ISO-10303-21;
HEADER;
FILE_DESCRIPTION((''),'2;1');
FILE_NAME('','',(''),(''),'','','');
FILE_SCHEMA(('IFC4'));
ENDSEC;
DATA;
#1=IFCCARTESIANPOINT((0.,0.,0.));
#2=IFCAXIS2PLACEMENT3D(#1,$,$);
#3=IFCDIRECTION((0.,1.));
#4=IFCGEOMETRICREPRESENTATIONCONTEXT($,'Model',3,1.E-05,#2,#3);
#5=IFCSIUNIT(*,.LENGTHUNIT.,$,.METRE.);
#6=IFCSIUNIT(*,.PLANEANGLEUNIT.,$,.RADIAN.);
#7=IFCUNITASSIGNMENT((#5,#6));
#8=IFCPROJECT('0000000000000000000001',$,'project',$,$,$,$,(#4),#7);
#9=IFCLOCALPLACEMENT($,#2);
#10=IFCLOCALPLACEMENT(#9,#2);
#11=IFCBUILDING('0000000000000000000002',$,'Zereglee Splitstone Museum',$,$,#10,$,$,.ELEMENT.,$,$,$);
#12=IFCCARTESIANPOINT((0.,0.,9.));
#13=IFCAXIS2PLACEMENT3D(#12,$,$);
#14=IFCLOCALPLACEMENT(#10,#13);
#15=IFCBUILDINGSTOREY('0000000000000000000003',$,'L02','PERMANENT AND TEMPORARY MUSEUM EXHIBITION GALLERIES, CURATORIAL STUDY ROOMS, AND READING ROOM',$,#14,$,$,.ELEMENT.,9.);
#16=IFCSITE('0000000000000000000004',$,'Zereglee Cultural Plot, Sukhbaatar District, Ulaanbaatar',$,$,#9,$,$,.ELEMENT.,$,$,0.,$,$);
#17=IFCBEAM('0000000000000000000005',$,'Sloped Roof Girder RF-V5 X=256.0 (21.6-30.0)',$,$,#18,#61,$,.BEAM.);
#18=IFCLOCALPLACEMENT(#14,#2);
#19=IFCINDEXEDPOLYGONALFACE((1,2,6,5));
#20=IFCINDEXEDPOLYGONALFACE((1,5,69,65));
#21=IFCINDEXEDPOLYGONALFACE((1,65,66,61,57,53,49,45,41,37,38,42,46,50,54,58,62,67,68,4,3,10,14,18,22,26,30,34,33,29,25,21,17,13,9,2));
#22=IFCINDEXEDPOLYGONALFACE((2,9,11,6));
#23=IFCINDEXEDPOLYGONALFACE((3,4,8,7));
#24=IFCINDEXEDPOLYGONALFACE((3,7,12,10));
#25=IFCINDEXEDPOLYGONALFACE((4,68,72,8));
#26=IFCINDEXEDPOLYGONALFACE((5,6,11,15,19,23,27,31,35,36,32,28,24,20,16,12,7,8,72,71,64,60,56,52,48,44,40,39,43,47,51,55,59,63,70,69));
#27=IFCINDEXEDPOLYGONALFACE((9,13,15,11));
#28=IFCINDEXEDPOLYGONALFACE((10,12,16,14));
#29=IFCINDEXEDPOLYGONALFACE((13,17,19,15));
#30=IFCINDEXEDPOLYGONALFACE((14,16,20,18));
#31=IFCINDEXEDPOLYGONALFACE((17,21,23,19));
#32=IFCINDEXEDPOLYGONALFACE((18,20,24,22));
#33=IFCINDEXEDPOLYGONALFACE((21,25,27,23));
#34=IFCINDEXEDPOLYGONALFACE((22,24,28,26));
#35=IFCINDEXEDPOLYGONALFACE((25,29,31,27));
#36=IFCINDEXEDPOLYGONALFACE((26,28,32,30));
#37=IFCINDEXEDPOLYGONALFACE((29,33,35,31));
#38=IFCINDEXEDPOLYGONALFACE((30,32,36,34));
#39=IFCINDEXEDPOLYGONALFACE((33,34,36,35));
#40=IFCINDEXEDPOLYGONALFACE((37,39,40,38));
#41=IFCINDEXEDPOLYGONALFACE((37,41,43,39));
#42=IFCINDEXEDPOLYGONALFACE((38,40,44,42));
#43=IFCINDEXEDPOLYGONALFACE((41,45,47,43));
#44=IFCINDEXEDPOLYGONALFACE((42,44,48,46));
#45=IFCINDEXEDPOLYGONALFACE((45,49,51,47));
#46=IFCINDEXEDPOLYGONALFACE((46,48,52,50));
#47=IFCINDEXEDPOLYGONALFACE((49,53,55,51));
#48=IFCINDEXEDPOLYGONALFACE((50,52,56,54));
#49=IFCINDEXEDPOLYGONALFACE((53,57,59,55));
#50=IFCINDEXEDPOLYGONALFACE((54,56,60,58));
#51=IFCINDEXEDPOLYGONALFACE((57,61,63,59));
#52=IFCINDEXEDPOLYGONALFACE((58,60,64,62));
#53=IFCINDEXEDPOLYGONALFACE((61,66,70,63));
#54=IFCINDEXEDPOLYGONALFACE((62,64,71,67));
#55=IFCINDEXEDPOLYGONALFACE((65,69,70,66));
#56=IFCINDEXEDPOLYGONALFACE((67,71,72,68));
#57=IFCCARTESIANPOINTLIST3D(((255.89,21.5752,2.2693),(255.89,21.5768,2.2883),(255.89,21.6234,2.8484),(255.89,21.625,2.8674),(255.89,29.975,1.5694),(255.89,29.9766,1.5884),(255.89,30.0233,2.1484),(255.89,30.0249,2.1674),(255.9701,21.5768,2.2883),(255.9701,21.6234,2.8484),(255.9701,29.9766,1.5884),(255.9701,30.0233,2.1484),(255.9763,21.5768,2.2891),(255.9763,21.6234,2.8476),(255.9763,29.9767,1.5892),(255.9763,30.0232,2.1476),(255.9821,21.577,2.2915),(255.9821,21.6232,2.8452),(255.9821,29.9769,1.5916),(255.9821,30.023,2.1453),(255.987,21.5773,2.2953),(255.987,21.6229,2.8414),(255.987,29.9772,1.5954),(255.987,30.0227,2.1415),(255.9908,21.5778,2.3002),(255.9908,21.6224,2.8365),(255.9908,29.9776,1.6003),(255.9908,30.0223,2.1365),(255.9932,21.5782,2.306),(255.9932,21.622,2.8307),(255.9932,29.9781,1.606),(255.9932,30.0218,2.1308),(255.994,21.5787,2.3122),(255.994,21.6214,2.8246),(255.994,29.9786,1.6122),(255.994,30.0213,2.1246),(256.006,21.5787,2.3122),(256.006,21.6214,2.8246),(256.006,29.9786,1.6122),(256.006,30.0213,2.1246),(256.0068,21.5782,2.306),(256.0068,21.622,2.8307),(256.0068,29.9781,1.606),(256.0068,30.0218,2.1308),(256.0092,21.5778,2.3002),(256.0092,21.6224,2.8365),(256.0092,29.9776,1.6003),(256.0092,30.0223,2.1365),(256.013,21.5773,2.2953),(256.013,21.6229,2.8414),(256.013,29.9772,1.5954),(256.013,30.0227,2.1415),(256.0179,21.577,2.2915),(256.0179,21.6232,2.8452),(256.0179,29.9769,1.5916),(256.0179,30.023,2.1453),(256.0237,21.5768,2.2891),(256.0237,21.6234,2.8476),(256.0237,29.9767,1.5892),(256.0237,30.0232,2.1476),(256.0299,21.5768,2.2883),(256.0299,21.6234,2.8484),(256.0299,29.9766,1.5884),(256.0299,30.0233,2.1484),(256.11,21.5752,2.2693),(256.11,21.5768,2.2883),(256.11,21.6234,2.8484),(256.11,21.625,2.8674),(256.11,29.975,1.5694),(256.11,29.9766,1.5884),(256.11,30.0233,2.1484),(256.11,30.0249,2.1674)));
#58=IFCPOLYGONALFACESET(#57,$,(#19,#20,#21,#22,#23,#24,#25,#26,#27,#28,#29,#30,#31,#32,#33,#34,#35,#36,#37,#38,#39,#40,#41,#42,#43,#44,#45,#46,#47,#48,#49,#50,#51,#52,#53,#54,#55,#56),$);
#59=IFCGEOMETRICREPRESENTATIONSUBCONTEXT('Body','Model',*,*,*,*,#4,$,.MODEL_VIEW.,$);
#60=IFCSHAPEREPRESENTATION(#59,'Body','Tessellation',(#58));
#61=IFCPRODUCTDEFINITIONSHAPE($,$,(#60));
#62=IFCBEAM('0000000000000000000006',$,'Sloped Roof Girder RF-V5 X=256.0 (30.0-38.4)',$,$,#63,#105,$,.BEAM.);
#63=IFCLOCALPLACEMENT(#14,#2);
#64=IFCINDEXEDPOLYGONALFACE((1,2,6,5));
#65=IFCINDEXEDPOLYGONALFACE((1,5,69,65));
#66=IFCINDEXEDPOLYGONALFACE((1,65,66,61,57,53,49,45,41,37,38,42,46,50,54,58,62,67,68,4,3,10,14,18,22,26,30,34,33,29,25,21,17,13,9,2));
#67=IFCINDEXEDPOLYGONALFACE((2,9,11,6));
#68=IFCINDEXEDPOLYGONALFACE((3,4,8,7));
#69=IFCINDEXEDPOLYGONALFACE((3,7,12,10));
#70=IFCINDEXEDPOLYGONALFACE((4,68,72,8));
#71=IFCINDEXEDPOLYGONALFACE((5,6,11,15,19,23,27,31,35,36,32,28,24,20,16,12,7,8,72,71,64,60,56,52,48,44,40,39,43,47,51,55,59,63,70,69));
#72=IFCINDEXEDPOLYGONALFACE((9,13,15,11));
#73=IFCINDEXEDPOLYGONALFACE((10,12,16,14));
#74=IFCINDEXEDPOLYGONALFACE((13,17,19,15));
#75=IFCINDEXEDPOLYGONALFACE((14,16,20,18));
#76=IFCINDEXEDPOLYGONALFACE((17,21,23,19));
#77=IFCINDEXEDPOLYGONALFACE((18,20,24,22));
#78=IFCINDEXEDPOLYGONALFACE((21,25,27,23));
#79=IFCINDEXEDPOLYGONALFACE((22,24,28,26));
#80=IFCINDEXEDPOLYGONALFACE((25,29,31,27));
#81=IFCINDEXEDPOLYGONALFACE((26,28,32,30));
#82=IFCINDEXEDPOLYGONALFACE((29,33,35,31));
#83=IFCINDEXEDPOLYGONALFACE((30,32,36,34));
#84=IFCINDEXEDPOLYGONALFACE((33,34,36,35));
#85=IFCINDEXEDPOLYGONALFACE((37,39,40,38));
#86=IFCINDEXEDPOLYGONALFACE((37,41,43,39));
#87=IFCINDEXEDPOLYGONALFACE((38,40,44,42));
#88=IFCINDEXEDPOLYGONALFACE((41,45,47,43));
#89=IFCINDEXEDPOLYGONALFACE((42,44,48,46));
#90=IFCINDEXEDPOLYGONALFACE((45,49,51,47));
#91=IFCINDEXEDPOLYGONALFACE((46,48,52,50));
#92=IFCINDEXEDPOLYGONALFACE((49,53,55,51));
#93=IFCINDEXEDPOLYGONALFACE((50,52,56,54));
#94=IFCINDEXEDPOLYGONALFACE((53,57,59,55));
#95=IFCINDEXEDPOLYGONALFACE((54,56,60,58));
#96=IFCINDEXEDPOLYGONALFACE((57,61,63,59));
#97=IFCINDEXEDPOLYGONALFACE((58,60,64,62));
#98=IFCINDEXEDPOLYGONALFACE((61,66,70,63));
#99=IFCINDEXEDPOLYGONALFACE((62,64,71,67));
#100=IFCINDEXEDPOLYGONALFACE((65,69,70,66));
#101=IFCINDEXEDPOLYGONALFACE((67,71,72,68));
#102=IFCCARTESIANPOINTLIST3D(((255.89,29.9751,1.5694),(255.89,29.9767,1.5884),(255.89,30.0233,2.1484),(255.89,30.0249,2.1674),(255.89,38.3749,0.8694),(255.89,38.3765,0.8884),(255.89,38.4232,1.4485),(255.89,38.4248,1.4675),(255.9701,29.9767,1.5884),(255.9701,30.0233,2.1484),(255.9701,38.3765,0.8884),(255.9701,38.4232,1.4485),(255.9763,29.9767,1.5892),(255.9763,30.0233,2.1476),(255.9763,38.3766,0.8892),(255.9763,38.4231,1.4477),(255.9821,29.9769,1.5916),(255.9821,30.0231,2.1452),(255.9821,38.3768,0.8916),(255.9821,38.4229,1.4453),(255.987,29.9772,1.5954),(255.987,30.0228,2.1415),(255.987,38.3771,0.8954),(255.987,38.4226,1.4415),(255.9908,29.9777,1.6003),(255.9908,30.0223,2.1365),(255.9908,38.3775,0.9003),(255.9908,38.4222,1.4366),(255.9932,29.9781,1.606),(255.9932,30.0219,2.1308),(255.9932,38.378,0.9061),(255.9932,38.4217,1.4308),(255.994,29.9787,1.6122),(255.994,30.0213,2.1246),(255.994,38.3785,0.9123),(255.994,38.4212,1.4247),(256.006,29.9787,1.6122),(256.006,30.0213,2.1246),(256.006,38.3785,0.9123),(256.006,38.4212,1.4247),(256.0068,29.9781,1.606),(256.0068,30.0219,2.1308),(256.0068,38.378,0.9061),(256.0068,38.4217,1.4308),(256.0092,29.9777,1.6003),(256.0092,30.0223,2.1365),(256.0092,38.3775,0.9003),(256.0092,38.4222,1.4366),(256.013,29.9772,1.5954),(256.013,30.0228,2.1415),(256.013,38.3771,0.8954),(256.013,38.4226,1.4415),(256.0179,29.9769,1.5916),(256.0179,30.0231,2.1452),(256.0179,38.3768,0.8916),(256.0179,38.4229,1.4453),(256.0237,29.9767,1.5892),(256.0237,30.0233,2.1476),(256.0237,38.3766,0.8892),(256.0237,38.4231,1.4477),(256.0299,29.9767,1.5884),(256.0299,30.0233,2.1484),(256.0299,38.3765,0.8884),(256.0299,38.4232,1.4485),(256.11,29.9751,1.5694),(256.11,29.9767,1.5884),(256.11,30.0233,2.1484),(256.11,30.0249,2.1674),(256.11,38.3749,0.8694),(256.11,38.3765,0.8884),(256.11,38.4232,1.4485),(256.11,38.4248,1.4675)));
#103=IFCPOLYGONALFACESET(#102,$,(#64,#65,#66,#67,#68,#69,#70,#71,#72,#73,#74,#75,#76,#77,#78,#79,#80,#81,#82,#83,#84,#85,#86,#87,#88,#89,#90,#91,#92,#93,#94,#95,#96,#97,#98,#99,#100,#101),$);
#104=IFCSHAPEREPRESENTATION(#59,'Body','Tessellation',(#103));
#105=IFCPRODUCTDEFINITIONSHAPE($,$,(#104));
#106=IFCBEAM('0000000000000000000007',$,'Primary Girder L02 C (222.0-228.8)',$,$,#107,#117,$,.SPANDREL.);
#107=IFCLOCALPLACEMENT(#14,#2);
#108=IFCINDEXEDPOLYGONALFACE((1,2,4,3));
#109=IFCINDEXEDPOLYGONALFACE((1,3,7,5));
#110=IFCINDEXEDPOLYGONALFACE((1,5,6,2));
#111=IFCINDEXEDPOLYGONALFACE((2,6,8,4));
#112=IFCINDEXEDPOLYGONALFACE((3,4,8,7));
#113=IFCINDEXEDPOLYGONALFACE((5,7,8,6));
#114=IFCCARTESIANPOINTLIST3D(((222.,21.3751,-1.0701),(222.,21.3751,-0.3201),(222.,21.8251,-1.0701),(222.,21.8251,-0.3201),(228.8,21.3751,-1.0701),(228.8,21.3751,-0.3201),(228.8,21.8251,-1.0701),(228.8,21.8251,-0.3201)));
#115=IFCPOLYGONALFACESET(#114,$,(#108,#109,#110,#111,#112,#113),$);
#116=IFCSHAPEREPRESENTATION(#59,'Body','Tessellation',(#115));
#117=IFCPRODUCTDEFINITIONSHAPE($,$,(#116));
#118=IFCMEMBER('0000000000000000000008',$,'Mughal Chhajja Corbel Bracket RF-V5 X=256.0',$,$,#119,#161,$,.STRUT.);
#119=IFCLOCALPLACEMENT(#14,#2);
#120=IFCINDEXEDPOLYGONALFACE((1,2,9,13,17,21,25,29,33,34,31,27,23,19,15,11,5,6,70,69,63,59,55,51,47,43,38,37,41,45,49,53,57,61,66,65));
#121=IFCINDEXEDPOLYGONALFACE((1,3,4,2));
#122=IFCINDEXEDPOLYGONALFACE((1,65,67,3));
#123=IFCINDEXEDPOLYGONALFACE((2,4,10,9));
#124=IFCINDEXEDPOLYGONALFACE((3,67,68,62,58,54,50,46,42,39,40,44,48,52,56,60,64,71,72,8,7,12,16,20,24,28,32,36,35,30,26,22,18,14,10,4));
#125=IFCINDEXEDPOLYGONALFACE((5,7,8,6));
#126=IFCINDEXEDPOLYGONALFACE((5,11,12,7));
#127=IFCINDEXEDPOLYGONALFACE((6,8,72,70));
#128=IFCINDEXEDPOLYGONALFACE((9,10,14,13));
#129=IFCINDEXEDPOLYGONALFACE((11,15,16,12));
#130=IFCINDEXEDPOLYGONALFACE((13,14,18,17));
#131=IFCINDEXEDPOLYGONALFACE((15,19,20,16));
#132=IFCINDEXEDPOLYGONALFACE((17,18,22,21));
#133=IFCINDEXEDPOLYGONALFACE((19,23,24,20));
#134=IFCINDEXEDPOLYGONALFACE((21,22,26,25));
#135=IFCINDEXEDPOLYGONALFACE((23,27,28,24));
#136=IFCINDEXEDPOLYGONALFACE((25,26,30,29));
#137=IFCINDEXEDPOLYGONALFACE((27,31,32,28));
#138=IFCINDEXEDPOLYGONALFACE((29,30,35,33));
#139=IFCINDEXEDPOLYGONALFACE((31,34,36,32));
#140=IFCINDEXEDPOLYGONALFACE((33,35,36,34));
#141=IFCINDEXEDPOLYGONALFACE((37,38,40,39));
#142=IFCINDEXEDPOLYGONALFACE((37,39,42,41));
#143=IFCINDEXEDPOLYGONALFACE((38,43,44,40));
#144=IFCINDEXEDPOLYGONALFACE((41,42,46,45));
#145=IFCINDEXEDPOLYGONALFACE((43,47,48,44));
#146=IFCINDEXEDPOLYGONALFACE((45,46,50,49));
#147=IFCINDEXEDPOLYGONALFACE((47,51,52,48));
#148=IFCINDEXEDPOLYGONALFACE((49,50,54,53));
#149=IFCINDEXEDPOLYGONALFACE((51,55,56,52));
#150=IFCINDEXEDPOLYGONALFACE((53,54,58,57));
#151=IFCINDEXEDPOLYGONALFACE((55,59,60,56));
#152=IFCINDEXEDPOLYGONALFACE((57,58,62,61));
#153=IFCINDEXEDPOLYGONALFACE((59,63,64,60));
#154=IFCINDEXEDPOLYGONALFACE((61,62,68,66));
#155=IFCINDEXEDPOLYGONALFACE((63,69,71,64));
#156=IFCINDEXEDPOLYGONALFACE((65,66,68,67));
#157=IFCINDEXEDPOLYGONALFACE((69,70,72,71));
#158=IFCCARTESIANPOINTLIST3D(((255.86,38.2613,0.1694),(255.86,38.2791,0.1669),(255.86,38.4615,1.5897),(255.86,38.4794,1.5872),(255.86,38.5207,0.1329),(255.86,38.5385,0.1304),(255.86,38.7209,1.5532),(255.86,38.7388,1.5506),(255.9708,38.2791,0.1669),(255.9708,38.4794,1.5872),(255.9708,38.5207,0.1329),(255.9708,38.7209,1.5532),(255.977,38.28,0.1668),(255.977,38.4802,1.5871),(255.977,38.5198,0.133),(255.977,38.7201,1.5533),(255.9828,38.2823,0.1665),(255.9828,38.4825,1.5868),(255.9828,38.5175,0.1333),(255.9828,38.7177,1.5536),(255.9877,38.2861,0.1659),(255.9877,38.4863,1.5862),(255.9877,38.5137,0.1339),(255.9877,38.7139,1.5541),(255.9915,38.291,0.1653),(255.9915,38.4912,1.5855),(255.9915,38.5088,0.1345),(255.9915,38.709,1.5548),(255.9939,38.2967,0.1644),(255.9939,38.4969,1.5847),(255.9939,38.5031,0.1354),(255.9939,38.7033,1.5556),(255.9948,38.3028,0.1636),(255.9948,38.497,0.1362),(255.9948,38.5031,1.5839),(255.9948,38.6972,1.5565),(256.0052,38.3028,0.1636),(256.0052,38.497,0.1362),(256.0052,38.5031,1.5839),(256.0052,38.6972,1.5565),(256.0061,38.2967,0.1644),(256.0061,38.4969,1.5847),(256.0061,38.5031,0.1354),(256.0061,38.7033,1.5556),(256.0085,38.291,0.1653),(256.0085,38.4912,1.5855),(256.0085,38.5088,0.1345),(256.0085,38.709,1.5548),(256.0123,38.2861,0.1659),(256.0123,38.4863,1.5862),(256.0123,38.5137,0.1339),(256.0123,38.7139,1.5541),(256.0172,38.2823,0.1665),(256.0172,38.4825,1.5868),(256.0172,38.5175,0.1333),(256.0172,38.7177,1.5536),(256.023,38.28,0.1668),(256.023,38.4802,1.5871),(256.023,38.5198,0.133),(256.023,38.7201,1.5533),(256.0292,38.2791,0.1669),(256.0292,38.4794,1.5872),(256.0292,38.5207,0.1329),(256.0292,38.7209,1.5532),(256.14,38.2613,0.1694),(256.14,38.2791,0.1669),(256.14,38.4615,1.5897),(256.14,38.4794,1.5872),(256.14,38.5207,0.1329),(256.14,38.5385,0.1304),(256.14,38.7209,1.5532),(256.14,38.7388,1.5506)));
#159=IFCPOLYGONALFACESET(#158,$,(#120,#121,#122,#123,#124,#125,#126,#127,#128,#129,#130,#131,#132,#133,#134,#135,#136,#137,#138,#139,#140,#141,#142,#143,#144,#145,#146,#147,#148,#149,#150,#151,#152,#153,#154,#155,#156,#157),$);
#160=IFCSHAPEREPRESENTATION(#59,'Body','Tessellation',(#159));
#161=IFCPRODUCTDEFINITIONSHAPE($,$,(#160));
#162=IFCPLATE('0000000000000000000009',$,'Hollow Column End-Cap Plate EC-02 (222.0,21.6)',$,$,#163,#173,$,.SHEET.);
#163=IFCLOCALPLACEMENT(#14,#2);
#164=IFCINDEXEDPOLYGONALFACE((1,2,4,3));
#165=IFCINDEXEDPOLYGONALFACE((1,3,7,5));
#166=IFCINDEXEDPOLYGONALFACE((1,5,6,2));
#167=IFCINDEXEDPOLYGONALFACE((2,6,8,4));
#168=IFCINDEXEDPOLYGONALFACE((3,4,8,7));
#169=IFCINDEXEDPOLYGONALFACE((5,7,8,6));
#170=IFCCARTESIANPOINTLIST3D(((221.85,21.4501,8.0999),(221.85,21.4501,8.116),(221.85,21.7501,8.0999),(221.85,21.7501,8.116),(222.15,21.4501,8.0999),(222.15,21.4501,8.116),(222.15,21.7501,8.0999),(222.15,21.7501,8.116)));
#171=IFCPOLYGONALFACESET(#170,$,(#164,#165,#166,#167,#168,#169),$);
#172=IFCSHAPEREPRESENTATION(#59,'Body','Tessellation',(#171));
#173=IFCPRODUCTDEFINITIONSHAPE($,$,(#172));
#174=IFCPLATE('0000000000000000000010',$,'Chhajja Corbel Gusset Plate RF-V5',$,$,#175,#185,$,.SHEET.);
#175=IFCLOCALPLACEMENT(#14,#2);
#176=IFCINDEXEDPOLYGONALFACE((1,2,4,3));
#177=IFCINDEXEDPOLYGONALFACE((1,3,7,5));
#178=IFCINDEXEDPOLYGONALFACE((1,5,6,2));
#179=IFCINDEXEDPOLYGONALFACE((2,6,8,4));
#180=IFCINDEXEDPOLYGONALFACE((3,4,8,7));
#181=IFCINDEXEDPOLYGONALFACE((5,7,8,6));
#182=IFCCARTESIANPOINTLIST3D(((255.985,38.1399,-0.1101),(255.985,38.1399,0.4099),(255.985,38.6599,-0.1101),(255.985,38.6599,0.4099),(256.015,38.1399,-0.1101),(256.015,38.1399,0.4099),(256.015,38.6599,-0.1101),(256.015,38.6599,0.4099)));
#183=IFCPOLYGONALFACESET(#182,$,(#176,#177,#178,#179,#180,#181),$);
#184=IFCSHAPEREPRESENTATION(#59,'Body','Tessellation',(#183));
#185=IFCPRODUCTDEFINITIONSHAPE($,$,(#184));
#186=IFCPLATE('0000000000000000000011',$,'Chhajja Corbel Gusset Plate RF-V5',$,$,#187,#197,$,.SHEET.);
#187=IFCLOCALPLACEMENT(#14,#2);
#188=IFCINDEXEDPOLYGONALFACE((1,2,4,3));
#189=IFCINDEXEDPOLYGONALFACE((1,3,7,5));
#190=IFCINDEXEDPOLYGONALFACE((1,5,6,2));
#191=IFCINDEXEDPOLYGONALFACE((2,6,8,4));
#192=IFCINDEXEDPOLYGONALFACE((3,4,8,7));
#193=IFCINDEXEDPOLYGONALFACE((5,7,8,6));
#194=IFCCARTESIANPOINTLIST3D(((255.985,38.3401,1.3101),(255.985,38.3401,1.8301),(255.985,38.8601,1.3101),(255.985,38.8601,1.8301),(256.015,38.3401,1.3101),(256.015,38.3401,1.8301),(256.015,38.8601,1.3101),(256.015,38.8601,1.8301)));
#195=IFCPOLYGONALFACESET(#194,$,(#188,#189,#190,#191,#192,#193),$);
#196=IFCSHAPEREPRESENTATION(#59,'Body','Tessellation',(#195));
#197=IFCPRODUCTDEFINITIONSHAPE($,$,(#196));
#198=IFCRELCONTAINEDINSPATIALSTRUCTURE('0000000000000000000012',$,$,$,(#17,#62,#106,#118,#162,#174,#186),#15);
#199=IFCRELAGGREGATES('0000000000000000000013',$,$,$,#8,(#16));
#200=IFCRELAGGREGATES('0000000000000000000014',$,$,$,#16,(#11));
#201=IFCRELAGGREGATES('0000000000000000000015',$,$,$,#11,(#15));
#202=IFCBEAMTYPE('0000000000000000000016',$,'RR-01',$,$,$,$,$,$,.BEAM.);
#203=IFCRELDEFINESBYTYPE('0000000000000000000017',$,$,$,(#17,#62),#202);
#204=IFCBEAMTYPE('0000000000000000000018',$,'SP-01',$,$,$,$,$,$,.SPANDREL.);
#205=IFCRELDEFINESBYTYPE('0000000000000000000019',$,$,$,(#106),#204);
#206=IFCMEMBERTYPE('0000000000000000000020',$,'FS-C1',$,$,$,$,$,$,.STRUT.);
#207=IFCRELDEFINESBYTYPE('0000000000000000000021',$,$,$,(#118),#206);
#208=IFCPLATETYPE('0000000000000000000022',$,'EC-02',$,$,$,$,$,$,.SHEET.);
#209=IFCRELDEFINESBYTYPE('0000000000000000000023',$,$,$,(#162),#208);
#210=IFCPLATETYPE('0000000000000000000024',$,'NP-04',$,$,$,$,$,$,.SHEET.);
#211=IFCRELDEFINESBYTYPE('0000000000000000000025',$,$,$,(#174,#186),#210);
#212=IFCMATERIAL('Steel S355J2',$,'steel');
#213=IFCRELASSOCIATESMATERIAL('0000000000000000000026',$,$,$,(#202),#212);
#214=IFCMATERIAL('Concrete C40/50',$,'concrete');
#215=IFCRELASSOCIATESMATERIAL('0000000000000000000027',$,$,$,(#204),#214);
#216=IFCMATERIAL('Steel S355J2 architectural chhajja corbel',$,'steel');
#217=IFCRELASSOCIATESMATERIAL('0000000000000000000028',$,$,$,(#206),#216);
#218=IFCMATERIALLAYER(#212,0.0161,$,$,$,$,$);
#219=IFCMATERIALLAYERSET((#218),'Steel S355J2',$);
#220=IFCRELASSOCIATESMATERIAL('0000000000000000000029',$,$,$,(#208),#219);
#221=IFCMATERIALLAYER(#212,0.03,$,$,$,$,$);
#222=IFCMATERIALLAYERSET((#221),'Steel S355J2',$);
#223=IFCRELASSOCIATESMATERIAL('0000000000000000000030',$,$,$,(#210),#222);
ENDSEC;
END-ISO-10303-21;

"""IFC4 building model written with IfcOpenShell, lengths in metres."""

from ifc_helpers import new_model, si_unit, direction, frame, origin, origin_2d, place, context, subcontext, project, spatial, rectangle, i_section, extrude, material, layer, layer_set, material_profile, profile_set, type_object, element, save


model = new_model("IFC4")

# Units and contexts
model_context = context("Model", 3, precision=1e-05, world=origin(), true_north=direction((0.0, 1.0)))
body_context = subcontext(model_context, "Body", "Model", "MODEL_VIEW")
ifc_project = project(units=[si_unit("LENGTHUNIT", "METRE"), si_unit("PLANEANGLEUNIT", "RADIAN")], contexts=[model_context])

# Site, building, storey
site_placement = place(None, origin())
site = spatial("IfcSite", under=ifc_project, at=site_placement, Name="Zereglee Cultural Plot, Sukhbaatar District, Ulaanbaatar", CompositionType="ELEMENT", RefElevation=0.0)
building_placement = place(site_placement, origin())
building = spatial("IfcBuilding", under=site, at=building_placement, Name="Zereglee Splitstone Museum", CompositionType="ELEMENT")
storey_placement = place(building_placement, frame((0.0, 0.0, 9.0)))
storey = spatial("IfcBuildingStorey", under=building, at=storey_placement, Name="L02", Description="PERMANENT AND TEMPORARY MUSEUM EXHIBITION GALLERIES, CURATORIAL STUDY ROOMS, AND READING ROOM", CompositionType="ELEMENT", Elevation=9.0)

# Shared definitions
ifc_material_1 = material(Name="Steel S355J2", Category="steel")

# Beams
ifc_material_profile_1 = material_profile(ifc_material_1, i_section(OverallWidth=0.22, OverallDepth=0.6001, WebThickness=0.012, FlangeThickness=0.019, FilletRadius=0.0239, at=origin_2d()), Name="IPE 600")
ifc_profile_set_1 = profile_set([ifc_material_profile_1], Name="Steel S355J2")
beam_type_1 = type_object("IfcBeamType", Name="RR-01", PredefinedType="BEAM", material=ifc_profile_set_1)
for number, where, z_axis, x_axis, name in (
    (1, (256.0, 21.6001, 2.5684), (0.0, 0.996546, -0.083041), (-1.0, 0.0, 0.0), "Sloped Roof Girder RF-V5 X=256.0 (21.6-30.0)"),
    (2, (256.0, 30.0, 1.8684), (0.0, 0.996546, -0.083041), (-1.0, 0.0, 0.0), "Sloped Roof Girder RF-V5 X=256.0 (30.0-38.4)"),
):
    element("IfcBeam", number, at=place(storey_placement, frame(where, z_axis=z_axis, x_axis=x_axis)), inside=storey, type_object=beam_type_1, Name=name, PredefinedType="BEAM", context=body_context, shape_type="SweptSolid", body=[
        extrude(i_section(OverallWidth=0.22, OverallDepth=0.6001, WebThickness=0.012, FlangeThickness=0.019, FilletRadius=0.0239, at=origin_2d()), origin(), (0.0, 0.0, 1.0), 8.429),
    ])
ifc_material_2 = material(Name="Concrete C40/50", Category="concrete")
ifc_material_profile_2 = material_profile(ifc_material_2, rectangle(XDim=0.45, YDim=0.75, at=origin_2d()), Name="RC 450x750")
ifc_profile_set_2 = profile_set([ifc_material_profile_2], Name="Concrete C40/50")
beam_type_2 = type_object("IfcBeamType", Name="SP-01", PredefinedType="SPANDREL", material=ifc_profile_set_2)
beam_1_placement = place(storey_placement, frame((222.0, 21.6001, -0.6951), z_axis=(1.0, 0.0, 0.0), x_axis=(0.0, 1.0, 0.0)))
element("IfcBeam", 3, at=beam_1_placement, inside=storey, type_object=beam_type_2, Name="Primary Girder L02 C (222.0-228.8)", PredefinedType="SPANDREL", context=body_context, shape_type="SweptSolid", body=[
    extrude(rectangle(XDim=0.45, YDim=0.75, at=origin_2d()), origin(), (0.0, 0.0, 1.0), 6.8),
])

# Member
ifc_material_3 = material(Name="Steel S355J2 architectural chhajja corbel", Category="steel")
ifc_material_profile_3 = material_profile(ifc_material_3, i_section(OverallWidth=0.28, OverallDepth=0.28, WebThickness=0.0105, FlangeThickness=0.0181, FilletRadius=0.0239, at=origin_2d()), Name="HE 280 B")
ifc_profile_set_3 = profile_set([ifc_material_profile_3], Name="Steel S355J2 architectural chhajja corbel")
member_type_1 = type_object("IfcMemberType", Name="FS-C1", PredefinedType="STRUT", material=ifc_profile_set_3)
member_placement = place(storey_placement, frame((256.0, 38.3999, 0.1499), z_axis=(0.0, 0.139586, 0.99021), x_axis=(-1.0, 0.0, 0.0)))
element("IfcMember", 4, at=member_placement, inside=storey, type_object=member_type_1, Name="Mughal Chhajja Corbel Bracket RF-V5 X=256.0", PredefinedType="STRUT", context=body_context, shape_type="SweptSolid", body=[
    extrude(i_section(OverallWidth=0.28, OverallDepth=0.28, WebThickness=0.0105, FlangeThickness=0.0181, FilletRadius=0.0239, at=origin_2d()), origin(), (0.0, 0.0, 1.0), 1.4343),
])

# Plates
ifc_layer_1 = layer(ifc_material_1, 0.0161)
ifc_layer_set_1 = layer_set([ifc_layer_1], Name="Steel S355J2")
plate_type_1 = type_object("IfcPlateType", Name="EC-02", PredefinedType="SHEET", material=ifc_layer_set_1)
plate_placement = place(storey_placement, frame((222.0, 21.6001, 8.0999), z_axis=(0.0, 0.0, 1.0), x_axis=(1.0, 0.0, 0.0)))
element("IfcPlate", 5, at=plate_placement, inside=storey, type_object=plate_type_1, Name="Hollow Column End-Cap Plate EC-02 (222.0,21.6)", PredefinedType="SHEET", context=body_context, shape_type="SweptSolid", body=[
    extrude(rectangle(XDim=0.3, YDim=0.3, at=origin_2d()), origin(), (0.0, 0.0, 1.0), 0.0161),
])
ifc_layer_2 = layer(ifc_material_1, 0.03)
ifc_layer_set_2 = layer_set([ifc_layer_2], Name="Steel S355J2")
plate_type_2 = type_object("IfcPlateType", Name="NP-04", PredefinedType="SHEET", material=ifc_layer_set_2)
for number, where, z_axis, x_axis, name in (
    (6, (256.0, 38.3999, -0.1101), (0.0, 0.0, 1.0), (1.0, 0.0, 0.0), "Chhajja Corbel Gusset Plate RF-V5"),
    (7, (256.0, 38.6001, 1.3101), (0.0, 0.0, 1.0), (1.0, 0.0, 0.0), "Chhajja Corbel Gusset Plate RF-V5"),
):
    element("IfcPlate", number, at=place(storey_placement, frame(where, z_axis=z_axis, x_axis=x_axis)), inside=storey, type_object=plate_type_2, Name=name, PredefinedType="SHEET", context=body_context, shape_type="SweptSolid", body=[
        extrude(rectangle(XDim=0.03, YDim=0.52, at=origin_2d()), origin(), (0.0, 0.0, 1.0), 0.52),
    ])

save(model, "model.ifc")
